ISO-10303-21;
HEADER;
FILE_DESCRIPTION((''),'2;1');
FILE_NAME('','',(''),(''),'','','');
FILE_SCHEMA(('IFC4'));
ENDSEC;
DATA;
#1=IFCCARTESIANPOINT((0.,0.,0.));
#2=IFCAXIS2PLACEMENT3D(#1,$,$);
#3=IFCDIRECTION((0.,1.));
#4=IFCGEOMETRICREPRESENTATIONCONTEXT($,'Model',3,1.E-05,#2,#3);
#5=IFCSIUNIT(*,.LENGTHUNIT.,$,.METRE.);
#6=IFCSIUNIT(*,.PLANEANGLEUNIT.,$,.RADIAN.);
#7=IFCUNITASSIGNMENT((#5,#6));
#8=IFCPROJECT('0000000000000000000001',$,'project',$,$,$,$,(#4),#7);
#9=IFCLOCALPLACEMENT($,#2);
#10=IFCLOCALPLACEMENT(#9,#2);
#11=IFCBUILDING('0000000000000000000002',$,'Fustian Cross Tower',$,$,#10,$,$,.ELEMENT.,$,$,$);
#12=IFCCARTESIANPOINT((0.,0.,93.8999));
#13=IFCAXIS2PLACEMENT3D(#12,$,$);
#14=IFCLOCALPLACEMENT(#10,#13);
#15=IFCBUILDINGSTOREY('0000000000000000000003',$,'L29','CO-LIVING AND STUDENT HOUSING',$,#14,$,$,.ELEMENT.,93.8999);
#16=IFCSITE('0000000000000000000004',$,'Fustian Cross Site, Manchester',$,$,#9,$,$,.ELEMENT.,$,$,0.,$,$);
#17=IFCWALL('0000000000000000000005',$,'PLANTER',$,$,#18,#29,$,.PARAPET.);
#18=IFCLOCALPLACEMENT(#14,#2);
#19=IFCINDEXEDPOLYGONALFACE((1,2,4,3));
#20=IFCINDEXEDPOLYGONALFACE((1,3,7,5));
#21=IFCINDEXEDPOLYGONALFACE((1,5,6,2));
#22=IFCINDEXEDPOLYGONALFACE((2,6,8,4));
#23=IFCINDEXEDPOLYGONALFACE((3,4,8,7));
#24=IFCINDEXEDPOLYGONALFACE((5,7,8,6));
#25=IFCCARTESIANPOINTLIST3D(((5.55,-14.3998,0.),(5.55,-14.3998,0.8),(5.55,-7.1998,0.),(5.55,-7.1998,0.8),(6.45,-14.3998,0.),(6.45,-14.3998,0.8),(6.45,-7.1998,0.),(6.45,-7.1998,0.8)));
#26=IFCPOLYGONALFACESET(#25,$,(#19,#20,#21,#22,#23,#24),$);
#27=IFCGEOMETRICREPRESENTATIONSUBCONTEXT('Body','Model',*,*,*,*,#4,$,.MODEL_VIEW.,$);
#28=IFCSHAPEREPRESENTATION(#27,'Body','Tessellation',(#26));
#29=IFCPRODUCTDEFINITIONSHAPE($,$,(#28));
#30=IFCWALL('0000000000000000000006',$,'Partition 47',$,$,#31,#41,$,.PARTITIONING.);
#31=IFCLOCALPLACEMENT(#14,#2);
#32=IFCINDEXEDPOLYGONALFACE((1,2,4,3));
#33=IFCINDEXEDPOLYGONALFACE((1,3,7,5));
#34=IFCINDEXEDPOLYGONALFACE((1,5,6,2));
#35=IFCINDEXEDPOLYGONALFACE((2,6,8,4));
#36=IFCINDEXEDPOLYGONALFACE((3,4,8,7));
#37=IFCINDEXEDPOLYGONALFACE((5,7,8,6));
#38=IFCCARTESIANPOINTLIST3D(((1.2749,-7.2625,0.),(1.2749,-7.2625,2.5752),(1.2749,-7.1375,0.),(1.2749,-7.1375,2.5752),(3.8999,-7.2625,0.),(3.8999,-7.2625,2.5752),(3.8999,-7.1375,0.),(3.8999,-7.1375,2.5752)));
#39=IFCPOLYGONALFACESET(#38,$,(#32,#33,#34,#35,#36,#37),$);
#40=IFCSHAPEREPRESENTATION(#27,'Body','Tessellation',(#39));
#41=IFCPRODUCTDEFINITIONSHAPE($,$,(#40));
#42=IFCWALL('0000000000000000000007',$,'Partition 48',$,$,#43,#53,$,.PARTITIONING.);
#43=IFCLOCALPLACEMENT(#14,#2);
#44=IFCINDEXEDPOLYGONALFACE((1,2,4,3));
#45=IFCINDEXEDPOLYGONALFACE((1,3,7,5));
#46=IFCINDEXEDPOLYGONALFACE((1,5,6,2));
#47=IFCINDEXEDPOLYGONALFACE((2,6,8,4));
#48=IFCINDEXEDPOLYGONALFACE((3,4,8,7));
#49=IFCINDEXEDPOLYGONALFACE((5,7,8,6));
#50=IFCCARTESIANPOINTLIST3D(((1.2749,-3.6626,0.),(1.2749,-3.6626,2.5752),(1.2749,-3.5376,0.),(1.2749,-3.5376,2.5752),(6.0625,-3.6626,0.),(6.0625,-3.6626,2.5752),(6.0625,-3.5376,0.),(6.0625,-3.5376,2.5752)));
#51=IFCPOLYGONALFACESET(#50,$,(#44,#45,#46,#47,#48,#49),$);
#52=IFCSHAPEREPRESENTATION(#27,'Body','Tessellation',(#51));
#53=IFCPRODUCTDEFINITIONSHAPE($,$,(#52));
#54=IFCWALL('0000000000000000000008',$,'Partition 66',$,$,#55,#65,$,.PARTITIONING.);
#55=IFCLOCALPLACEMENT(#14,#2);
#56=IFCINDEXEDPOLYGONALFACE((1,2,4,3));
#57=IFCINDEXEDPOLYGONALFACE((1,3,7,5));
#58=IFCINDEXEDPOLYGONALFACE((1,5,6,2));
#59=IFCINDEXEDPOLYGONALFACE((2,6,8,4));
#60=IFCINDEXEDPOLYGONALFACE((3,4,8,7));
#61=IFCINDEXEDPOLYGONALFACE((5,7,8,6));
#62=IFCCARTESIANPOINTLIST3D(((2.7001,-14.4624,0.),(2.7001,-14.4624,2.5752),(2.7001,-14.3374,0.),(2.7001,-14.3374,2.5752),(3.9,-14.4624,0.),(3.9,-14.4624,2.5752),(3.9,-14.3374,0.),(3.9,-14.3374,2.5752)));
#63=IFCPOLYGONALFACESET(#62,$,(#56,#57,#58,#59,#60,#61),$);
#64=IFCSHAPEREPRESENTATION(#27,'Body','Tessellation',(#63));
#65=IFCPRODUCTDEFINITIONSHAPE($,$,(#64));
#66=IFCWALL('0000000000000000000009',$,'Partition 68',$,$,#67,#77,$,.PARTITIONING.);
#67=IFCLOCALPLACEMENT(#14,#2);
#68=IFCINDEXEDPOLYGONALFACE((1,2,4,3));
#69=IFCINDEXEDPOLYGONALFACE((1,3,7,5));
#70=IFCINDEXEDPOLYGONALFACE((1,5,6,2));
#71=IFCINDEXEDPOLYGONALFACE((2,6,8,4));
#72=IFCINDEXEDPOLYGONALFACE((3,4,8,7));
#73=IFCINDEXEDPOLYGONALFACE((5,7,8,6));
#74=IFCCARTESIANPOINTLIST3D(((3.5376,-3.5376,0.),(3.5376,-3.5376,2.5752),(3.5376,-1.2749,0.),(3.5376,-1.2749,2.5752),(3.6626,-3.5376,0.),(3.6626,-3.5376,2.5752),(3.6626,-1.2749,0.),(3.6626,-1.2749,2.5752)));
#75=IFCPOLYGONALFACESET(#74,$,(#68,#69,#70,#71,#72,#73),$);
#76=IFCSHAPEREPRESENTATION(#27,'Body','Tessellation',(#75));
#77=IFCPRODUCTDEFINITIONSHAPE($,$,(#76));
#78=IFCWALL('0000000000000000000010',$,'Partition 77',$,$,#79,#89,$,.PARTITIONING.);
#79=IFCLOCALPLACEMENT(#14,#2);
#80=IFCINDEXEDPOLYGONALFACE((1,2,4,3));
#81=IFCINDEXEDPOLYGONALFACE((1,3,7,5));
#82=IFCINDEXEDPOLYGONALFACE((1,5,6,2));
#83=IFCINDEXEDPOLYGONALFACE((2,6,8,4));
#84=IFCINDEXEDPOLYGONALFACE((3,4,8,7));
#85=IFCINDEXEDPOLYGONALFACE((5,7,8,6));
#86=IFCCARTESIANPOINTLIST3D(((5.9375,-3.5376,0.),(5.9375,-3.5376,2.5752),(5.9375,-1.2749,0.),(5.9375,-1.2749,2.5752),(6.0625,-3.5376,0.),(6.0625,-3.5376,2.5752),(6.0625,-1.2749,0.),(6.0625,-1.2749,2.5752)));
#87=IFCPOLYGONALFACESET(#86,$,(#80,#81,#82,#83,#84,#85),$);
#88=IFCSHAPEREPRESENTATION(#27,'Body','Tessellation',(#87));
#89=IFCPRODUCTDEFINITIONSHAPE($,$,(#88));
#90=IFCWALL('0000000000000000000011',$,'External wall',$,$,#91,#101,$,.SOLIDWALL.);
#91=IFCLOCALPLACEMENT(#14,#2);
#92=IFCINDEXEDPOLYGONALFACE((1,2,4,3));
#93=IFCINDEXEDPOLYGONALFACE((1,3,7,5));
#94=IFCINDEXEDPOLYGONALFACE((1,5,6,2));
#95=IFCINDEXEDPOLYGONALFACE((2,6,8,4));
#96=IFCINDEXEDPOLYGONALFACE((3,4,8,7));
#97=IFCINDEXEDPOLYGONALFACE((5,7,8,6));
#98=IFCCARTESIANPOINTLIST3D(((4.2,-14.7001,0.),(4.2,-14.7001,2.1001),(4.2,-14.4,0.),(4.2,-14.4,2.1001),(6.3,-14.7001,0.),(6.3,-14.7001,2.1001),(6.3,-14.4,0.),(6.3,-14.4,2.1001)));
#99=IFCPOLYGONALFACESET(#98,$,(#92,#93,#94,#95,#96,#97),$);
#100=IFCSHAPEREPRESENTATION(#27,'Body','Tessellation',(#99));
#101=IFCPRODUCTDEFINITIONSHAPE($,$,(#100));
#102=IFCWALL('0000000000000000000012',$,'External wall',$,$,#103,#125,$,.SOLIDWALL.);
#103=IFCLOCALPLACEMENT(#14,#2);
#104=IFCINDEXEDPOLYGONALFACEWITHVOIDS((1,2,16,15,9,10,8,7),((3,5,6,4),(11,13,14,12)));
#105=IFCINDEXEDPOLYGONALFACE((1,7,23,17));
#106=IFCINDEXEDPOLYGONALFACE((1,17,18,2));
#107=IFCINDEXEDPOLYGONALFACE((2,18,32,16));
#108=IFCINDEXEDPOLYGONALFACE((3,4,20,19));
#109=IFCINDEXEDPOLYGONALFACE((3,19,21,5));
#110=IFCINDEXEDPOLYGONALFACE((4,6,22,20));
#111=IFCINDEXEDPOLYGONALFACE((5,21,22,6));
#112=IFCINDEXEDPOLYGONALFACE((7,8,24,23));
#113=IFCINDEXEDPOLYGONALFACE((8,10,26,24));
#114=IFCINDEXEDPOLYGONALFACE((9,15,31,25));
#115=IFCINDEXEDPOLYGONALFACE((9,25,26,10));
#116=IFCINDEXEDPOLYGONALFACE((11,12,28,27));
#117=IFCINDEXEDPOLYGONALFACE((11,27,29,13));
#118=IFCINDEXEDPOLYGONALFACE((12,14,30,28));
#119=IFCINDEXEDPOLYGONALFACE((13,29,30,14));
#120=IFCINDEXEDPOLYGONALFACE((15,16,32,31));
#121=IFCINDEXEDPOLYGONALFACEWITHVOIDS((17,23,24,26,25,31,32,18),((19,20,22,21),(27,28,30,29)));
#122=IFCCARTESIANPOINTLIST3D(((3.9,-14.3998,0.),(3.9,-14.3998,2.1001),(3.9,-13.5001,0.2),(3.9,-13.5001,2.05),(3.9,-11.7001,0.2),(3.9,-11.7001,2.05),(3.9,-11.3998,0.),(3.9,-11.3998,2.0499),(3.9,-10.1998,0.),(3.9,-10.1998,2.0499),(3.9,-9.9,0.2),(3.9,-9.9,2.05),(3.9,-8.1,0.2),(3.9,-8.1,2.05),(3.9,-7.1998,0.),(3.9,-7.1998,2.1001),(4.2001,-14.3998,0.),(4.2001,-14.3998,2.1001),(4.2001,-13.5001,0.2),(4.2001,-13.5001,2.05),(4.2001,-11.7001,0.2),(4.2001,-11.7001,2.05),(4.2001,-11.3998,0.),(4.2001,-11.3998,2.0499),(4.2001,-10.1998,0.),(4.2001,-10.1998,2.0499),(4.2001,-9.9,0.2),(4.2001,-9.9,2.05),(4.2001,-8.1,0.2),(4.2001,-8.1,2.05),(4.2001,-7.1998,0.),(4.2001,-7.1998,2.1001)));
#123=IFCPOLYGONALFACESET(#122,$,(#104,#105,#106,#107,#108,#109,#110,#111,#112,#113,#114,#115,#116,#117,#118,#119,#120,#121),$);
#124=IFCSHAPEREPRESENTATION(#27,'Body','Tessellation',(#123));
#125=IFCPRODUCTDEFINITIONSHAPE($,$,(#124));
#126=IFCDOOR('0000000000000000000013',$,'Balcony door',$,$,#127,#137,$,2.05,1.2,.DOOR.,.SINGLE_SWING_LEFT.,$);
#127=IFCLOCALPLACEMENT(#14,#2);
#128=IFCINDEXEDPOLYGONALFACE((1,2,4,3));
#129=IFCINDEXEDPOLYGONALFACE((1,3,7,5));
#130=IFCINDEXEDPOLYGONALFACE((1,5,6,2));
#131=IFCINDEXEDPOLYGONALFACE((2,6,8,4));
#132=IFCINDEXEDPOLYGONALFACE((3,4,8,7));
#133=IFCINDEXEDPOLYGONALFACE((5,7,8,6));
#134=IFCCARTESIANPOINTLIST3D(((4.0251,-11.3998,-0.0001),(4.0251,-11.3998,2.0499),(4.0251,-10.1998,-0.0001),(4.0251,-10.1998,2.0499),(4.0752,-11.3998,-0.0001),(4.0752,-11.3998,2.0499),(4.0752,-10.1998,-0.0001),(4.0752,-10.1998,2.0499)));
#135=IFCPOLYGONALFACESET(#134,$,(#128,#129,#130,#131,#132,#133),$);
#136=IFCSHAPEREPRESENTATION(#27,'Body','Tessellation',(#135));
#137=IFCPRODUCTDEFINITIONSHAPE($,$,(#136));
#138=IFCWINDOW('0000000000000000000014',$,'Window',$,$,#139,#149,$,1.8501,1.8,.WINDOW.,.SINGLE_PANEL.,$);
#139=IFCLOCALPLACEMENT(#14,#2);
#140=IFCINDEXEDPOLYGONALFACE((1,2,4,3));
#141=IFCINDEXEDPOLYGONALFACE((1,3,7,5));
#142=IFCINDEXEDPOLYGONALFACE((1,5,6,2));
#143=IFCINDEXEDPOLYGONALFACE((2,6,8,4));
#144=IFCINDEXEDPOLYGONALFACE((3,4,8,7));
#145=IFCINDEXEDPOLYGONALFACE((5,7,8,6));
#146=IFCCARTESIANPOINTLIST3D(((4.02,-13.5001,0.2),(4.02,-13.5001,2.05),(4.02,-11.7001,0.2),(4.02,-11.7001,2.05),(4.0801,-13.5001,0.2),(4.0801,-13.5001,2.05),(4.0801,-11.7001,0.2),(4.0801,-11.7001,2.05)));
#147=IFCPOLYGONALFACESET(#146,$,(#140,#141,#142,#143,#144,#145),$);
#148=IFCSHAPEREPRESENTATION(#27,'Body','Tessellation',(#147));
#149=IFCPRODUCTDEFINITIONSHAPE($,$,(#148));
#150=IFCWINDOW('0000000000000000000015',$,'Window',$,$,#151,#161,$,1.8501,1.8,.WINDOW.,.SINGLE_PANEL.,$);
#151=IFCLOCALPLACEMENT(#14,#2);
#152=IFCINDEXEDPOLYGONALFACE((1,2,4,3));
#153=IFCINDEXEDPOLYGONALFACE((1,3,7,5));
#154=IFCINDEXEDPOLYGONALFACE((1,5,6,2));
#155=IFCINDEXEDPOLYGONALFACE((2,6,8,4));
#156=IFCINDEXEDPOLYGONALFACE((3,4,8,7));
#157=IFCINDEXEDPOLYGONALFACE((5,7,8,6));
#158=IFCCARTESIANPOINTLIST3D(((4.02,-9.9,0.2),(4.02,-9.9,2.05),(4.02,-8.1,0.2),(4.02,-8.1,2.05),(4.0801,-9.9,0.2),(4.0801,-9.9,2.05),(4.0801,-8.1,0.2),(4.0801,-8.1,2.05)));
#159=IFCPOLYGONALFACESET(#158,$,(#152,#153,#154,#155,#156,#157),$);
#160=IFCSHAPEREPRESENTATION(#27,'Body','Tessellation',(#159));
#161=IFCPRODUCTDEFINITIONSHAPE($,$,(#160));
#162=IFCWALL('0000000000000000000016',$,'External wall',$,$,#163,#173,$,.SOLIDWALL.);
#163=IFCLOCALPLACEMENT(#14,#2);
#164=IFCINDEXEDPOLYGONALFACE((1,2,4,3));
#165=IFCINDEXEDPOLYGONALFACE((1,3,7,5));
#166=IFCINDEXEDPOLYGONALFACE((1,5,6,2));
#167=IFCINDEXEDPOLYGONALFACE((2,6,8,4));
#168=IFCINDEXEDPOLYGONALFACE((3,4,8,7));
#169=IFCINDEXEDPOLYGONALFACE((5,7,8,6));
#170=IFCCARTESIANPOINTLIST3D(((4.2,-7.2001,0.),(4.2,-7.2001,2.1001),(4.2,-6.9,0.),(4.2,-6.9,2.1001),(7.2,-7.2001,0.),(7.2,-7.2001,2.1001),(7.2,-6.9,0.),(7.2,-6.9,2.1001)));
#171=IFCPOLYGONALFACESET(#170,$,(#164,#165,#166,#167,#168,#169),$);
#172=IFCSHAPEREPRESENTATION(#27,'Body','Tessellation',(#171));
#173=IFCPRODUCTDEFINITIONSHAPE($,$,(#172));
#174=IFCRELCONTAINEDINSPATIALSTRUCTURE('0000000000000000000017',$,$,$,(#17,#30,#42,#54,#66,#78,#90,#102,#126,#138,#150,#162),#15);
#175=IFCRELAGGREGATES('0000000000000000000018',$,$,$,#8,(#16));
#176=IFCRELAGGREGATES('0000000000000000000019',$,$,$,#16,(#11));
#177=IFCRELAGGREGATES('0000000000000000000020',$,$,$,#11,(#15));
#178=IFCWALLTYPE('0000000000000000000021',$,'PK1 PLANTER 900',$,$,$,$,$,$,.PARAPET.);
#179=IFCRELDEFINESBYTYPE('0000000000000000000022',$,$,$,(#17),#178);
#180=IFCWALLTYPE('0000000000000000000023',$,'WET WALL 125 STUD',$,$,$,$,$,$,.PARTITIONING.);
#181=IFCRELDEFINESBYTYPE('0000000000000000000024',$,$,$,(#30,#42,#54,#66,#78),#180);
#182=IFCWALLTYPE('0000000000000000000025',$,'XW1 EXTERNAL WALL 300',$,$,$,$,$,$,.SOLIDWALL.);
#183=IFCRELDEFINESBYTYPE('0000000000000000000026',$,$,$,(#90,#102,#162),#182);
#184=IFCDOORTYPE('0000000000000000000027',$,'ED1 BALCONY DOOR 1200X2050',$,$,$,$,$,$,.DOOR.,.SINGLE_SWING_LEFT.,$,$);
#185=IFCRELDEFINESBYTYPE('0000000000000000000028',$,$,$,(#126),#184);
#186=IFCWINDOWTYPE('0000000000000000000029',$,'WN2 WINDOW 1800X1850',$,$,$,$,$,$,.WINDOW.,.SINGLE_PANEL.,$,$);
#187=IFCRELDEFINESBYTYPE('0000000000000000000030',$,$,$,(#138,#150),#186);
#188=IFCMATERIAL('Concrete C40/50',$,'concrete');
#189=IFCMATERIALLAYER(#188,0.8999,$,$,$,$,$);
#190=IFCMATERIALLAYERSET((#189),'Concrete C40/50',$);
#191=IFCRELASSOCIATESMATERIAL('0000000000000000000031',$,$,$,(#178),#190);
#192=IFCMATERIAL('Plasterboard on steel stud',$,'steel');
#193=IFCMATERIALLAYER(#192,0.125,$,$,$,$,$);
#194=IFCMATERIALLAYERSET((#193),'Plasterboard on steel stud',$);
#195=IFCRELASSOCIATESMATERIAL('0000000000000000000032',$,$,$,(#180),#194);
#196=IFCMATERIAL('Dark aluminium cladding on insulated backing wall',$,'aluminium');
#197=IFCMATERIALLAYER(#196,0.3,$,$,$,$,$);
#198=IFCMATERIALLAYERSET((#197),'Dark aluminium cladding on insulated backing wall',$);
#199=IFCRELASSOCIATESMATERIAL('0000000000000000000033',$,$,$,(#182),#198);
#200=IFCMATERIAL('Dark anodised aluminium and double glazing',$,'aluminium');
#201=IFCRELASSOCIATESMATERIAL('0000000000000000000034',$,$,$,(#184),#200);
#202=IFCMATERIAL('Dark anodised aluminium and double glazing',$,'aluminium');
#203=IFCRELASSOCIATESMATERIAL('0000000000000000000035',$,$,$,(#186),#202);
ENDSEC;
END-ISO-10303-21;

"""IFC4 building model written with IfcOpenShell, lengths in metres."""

from ifc_helpers import new_model, si_unit, direction, frame, frame_2d, origin, place, context, subcontext, project, spatial, rectangle, extrude, material, layer, layer_set, type_object, element, fill, save


model = new_model("IFC4")

# Units and contexts
model_context = context("Model", 3, precision=1e-05, world=origin(), true_north=direction((0.0, 1.0)))
body_context = subcontext(model_context, "Body", "Model", "MODEL_VIEW")
ifc_project = project(units=[si_unit("LENGTHUNIT", "METRE"), si_unit("PLANEANGLEUNIT", "RADIAN")], contexts=[model_context])

# Site, building, storey
site_placement = place(None, origin())
site = spatial("IfcSite", under=ifc_project, at=site_placement, Name="Fustian Cross Site, Manchester", CompositionType="ELEMENT", RefElevation=0.0)
building_placement = place(site_placement, origin())
building = spatial("IfcBuilding", under=site, at=building_placement, Name="Fustian Cross Tower", CompositionType="ELEMENT")
storey_placement = place(building_placement, frame((0.0, 0.0, 93.8999)))
storey = spatial("IfcBuildingStorey", under=building, at=storey_placement, Name="L29", Description="CO-LIVING AND STUDENT HOUSING", CompositionType="ELEMENT", Elevation=93.8999)

# Walls
ifc_material_1 = material(Name="Concrete C40/50", Category="concrete")
ifc_layer_1 = layer(ifc_material_1, 0.8999)
ifc_layer_set_1 = layer_set([ifc_layer_1], Name="Concrete C40/50")
wall_type_1 = type_object("IfcWallType", Name="PK1 PLANTER 900", PredefinedType="PARAPET", material=ifc_layer_set_1)
wall_1_placement = place(storey_placement, frame((6.0, -14.3999, 0.0), z_axis=(0.0, 0.0, 1.0), x_axis=(0.0, 1.0, 0.0)))
element("IfcWall", 1, at=wall_1_placement, inside=storey, type_object=wall_type_1, Name="PLANTER", PredefinedType="PARAPET", context=body_context, shape_type="SweptSolid", body=[
    extrude(rectangle(XDim=7.2, YDim=0.8999, at=frame_2d((3.6001, 0.0))), origin(), (0.0, 0.0, 1.0), 0.8),
])
ifc_material_2 = material(Name="Plasterboard on steel stud", Category="steel")
ifc_layer_2 = layer(ifc_material_2, 0.125)
ifc_layer_set_2 = layer_set([ifc_layer_2], Name="Plasterboard on steel stud")
wall_type_2 = type_object("IfcWallType", Name="WET WALL 125 STUD", PredefinedType="PARTITIONING", material=ifc_layer_set_2)
wall_2_placement = place(storey_placement, frame((1.2749, -7.2, 0.0), z_axis=(0.0, 0.0, 1.0), x_axis=(1.0, 0.0, 0.0)))
element("IfcWall", 2, at=wall_2_placement, inside=storey, type_object=wall_type_2, Name="Partition 47", PredefinedType="PARTITIONING", context=body_context, shape_type="SweptSolid", body=[
    extrude(rectangle(XDim=2.625, YDim=0.125, at=frame_2d((1.3125, 0.0))), origin(), (0.0, 0.0, 1.0), 2.5752),
])
wall_3_placement = place(storey_placement, frame((1.2749, -3.6001, 0.0), z_axis=(0.0, 0.0, 1.0), x_axis=(1.0, 0.0, 0.0)))
element("IfcWall", 3, at=wall_3_placement, inside=storey, type_object=wall_type_2, Name="Partition 48", PredefinedType="PARTITIONING", context=body_context, shape_type="SweptSolid", body=[
    extrude(rectangle(XDim=4.7876, YDim=0.125, at=frame_2d((2.3938, 0.0))), origin(), (0.0, 0.0, 1.0), 2.5752),
])
wall_4_placement = place(storey_placement, frame((2.7, -14.3999, 0.0), z_axis=(0.0, 0.0, 1.0), x_axis=(1.0, 0.0, 0.0)))
element("IfcWall", 4, at=wall_4_placement, inside=storey, type_object=wall_type_2, Name="Partition 66", PredefinedType="PARTITIONING", context=body_context, shape_type="SweptSolid", body=[
    extrude(rectangle(XDim=1.2, YDim=0.125, at=frame_2d((0.6001, 0.0))), origin(), (0.0, 0.0, 1.0), 2.5752),
])
for number, where, z_axis, x_axis, name in (
    (5, (3.6001, -3.5376, 0.0), (0.0, 0.0, 1.0), (0.0, 1.0, 0.0), "Partition 68"),
    (6, (6.0, -3.5376, 0.0), (0.0, 0.0, 1.0), (0.0, 1.0, 0.0), "Partition 77"),
):
    element("IfcWall", number, at=place(storey_placement, frame(where, z_axis=z_axis, x_axis=x_axis)), inside=storey, type_object=wall_type_2, Name=name, PredefinedType="PARTITIONING", context=body_context, shape_type="SweptSolid", body=[
        extrude(rectangle(XDim=2.2627, YDim=0.125, at=frame_2d((1.1313, 0.0))), origin(), (0.0, 0.0, 1.0), 2.5752),
    ])
ifc_material_3 = material(Name="Dark aluminium cladding on insulated backing wall", Category="aluminium")
ifc_layer_3 = layer(ifc_material_3, 0.3)
ifc_layer_set_3 = layer_set([ifc_layer_3], Name="Dark aluminium cladding on insulated backing wall")
wall_type_3 = type_object("IfcWallType", Name="XW1 EXTERNAL WALL 300", PredefinedType="SOLIDWALL", material=ifc_layer_set_3)
wall_5_placement = place(storey_placement, frame((6.3, -14.55, 0.0), z_axis=(0.0, 0.0, 1.0), x_axis=(-1.0, 0.0, 0.0)))
element("IfcWall", 7, at=wall_5_placement, inside=storey, type_object=wall_type_3, Name="External wall", PredefinedType="SOLIDWALL", context=body_context, shape_type="SweptSolid", body=[
    extrude(rectangle(XDim=2.1001, YDim=0.3, at=frame_2d((1.05, 0.0))), origin(), (0.0, 0.0, 1.0), 2.1001),
])

# Wall, openings, door, windows
wall_6_placement = place(storey_placement, frame((4.05, -14.3999, 0.0), z_axis=(0.0, 0.0, 1.0), x_axis=(0.0, 1.0, 0.0)))
wall_6 = element("IfcWall", 8, at=wall_6_placement, inside=storey, type_object=wall_type_3, Name="External wall", PredefinedType="SOLIDWALL", context=body_context, shape_type="SweptSolid", body=[
    extrude(rectangle(XDim=7.2, YDim=0.3, at=frame_2d((3.6001, 0.0))), origin(), (0.0, 0.0, 1.0), 2.1001),
])
opening_1_placement = place(wall_6_placement, frame((3.0, 0.0, 0.0)))
opening_1 = element("IfcOpeningElement", 9, at=opening_1_placement, cuts=wall_6, PredefinedType="OPENING", context=body_context, shape_type="SweptSolid", body=[
    extrude(rectangle(XDim=1.2, YDim=2.05, at=frame_2d((0.6001, 1.0249))), frame((0.0, 0.1599, 0.0), z_axis=(0.0, -1.0, 0.0), x_axis=(1.0, 0.0, 0.0)), (0.0, 0.0, 1.0), 0.3201),
])
opening_2_placement = place(wall_6_placement, frame((0.8999, 0.0, 0.2)))
opening_2 = element("IfcOpeningElement", 10, at=opening_2_placement, cuts=wall_6, PredefinedType="OPENING", context=body_context, shape_type="SweptSolid", body=[
    extrude(rectangle(XDim=1.8, YDim=1.8501, at=frame_2d((0.8999, 0.925))), frame((0.0, 0.1599, 0.0), z_axis=(0.0, -1.0, 0.0), x_axis=(1.0, 0.0, 0.0)), (0.0, 0.0, 1.0), 0.3201),
])
opening_3_placement = place(wall_6_placement, frame((4.5, 0.0, 0.2)))
opening_3 = element("IfcOpeningElement", 11, at=opening_3_placement, cuts=wall_6, PredefinedType="OPENING", context=body_context, shape_type="SweptSolid", body=[
    extrude(rectangle(XDim=1.8, YDim=1.8501, at=frame_2d((0.8999, 0.925))), frame((0.0, 0.1599, 0.0), z_axis=(0.0, -1.0, 0.0), x_axis=(1.0, 0.0, 0.0)), (0.0, 0.0, 1.0), 0.3201),
])
ifc_material_4 = material(Name="Dark anodised aluminium and double glazing", Category="aluminium")
door_type_1 = type_object("IfcDoorType", Name="ED1 BALCONY DOOR 1200X2050", OperationType="SINGLE_SWING_LEFT", PredefinedType="DOOR", material=ifc_material_4)
door_1_placement = place(opening_1_placement, origin())
door_1 = element("IfcDoor", 12, at=door_1_placement, inside=storey, type_object=door_type_1, Name="Balcony door", OperationType="SINGLE_SWING_LEFT", OverallHeight=2.05, OverallWidth=1.2, PredefinedType="DOOR", context=body_context, shape_type="SweptSolid", body=[
    extrude(rectangle(XDim=1.2, YDim=2.05, at=frame_2d((0.6001, 1.0249))), frame((0.0, 0.0249, 0.0), z_axis=(0.0, -1.0, 0.0), x_axis=(1.0, 0.0, 0.0)), (0.0, 0.0, 1.0), 0.05),
])
fill(opening_1, door_1)
ifc_material_5 = material(Name="Dark anodised aluminium and double glazing", Category="aluminium")
window_type = type_object("IfcWindowType", Name="WN2 WINDOW 1800X1850", PartitioningType="SINGLE_PANEL", PredefinedType="WINDOW", material=ifc_material_5)
window_1_placement = place(opening_2_placement, origin())
window_1 = element("IfcWindow", 13, at=window_1_placement, inside=storey, type_object=window_type, Name="Window", OverallHeight=1.8501, OverallWidth=1.8, PartitioningType="SINGLE_PANEL", PredefinedType="WINDOW", context=body_context, shape_type="SweptSolid", body=[
    extrude(rectangle(XDim=1.8, YDim=1.8501, at=frame_2d((0.8999, 0.925))), frame((0.0, 0.03, 0.0), z_axis=(0.0, -1.0, 0.0), x_axis=(1.0, 0.0, 0.0)), (0.0, 0.0, 1.0), 0.0601),
])
fill(opening_2, window_1)
window_2_placement = place(opening_3_placement, origin())
window_2 = element("IfcWindow", 14, at=window_2_placement, inside=storey, type_object=window_type, Name="Window", OverallHeight=1.8501, OverallWidth=1.8, PartitioningType="SINGLE_PANEL", PredefinedType="WINDOW", context=body_context, shape_type="SweptSolid", body=[
    extrude(rectangle(XDim=1.8, YDim=1.8501, at=frame_2d((0.8999, 0.925))), frame((0.0, 0.03, 0.0), z_axis=(0.0, -1.0, 0.0), x_axis=(1.0, 0.0, 0.0)), (0.0, 0.0, 1.0), 0.0601),
])
fill(opening_3, window_2)

# Wall
wall_7_placement = place(storey_placement, frame((4.2, -7.05, 0.0), z_axis=(0.0, 0.0, 1.0), x_axis=(1.0, 0.0, 0.0)))
element("IfcWall", 15, at=wall_7_placement, inside=storey, type_object=wall_type_3, Name="External wall", PredefinedType="SOLIDWALL", context=body_context, shape_type="SweptSolid", body=[
    extrude(rectangle(XDim=3.0, YDim=0.3, at=frame_2d((1.5, 0.0))), origin(), (0.0, 0.0, 1.0), 2.1001),
])

save(model, "model.ifc")
